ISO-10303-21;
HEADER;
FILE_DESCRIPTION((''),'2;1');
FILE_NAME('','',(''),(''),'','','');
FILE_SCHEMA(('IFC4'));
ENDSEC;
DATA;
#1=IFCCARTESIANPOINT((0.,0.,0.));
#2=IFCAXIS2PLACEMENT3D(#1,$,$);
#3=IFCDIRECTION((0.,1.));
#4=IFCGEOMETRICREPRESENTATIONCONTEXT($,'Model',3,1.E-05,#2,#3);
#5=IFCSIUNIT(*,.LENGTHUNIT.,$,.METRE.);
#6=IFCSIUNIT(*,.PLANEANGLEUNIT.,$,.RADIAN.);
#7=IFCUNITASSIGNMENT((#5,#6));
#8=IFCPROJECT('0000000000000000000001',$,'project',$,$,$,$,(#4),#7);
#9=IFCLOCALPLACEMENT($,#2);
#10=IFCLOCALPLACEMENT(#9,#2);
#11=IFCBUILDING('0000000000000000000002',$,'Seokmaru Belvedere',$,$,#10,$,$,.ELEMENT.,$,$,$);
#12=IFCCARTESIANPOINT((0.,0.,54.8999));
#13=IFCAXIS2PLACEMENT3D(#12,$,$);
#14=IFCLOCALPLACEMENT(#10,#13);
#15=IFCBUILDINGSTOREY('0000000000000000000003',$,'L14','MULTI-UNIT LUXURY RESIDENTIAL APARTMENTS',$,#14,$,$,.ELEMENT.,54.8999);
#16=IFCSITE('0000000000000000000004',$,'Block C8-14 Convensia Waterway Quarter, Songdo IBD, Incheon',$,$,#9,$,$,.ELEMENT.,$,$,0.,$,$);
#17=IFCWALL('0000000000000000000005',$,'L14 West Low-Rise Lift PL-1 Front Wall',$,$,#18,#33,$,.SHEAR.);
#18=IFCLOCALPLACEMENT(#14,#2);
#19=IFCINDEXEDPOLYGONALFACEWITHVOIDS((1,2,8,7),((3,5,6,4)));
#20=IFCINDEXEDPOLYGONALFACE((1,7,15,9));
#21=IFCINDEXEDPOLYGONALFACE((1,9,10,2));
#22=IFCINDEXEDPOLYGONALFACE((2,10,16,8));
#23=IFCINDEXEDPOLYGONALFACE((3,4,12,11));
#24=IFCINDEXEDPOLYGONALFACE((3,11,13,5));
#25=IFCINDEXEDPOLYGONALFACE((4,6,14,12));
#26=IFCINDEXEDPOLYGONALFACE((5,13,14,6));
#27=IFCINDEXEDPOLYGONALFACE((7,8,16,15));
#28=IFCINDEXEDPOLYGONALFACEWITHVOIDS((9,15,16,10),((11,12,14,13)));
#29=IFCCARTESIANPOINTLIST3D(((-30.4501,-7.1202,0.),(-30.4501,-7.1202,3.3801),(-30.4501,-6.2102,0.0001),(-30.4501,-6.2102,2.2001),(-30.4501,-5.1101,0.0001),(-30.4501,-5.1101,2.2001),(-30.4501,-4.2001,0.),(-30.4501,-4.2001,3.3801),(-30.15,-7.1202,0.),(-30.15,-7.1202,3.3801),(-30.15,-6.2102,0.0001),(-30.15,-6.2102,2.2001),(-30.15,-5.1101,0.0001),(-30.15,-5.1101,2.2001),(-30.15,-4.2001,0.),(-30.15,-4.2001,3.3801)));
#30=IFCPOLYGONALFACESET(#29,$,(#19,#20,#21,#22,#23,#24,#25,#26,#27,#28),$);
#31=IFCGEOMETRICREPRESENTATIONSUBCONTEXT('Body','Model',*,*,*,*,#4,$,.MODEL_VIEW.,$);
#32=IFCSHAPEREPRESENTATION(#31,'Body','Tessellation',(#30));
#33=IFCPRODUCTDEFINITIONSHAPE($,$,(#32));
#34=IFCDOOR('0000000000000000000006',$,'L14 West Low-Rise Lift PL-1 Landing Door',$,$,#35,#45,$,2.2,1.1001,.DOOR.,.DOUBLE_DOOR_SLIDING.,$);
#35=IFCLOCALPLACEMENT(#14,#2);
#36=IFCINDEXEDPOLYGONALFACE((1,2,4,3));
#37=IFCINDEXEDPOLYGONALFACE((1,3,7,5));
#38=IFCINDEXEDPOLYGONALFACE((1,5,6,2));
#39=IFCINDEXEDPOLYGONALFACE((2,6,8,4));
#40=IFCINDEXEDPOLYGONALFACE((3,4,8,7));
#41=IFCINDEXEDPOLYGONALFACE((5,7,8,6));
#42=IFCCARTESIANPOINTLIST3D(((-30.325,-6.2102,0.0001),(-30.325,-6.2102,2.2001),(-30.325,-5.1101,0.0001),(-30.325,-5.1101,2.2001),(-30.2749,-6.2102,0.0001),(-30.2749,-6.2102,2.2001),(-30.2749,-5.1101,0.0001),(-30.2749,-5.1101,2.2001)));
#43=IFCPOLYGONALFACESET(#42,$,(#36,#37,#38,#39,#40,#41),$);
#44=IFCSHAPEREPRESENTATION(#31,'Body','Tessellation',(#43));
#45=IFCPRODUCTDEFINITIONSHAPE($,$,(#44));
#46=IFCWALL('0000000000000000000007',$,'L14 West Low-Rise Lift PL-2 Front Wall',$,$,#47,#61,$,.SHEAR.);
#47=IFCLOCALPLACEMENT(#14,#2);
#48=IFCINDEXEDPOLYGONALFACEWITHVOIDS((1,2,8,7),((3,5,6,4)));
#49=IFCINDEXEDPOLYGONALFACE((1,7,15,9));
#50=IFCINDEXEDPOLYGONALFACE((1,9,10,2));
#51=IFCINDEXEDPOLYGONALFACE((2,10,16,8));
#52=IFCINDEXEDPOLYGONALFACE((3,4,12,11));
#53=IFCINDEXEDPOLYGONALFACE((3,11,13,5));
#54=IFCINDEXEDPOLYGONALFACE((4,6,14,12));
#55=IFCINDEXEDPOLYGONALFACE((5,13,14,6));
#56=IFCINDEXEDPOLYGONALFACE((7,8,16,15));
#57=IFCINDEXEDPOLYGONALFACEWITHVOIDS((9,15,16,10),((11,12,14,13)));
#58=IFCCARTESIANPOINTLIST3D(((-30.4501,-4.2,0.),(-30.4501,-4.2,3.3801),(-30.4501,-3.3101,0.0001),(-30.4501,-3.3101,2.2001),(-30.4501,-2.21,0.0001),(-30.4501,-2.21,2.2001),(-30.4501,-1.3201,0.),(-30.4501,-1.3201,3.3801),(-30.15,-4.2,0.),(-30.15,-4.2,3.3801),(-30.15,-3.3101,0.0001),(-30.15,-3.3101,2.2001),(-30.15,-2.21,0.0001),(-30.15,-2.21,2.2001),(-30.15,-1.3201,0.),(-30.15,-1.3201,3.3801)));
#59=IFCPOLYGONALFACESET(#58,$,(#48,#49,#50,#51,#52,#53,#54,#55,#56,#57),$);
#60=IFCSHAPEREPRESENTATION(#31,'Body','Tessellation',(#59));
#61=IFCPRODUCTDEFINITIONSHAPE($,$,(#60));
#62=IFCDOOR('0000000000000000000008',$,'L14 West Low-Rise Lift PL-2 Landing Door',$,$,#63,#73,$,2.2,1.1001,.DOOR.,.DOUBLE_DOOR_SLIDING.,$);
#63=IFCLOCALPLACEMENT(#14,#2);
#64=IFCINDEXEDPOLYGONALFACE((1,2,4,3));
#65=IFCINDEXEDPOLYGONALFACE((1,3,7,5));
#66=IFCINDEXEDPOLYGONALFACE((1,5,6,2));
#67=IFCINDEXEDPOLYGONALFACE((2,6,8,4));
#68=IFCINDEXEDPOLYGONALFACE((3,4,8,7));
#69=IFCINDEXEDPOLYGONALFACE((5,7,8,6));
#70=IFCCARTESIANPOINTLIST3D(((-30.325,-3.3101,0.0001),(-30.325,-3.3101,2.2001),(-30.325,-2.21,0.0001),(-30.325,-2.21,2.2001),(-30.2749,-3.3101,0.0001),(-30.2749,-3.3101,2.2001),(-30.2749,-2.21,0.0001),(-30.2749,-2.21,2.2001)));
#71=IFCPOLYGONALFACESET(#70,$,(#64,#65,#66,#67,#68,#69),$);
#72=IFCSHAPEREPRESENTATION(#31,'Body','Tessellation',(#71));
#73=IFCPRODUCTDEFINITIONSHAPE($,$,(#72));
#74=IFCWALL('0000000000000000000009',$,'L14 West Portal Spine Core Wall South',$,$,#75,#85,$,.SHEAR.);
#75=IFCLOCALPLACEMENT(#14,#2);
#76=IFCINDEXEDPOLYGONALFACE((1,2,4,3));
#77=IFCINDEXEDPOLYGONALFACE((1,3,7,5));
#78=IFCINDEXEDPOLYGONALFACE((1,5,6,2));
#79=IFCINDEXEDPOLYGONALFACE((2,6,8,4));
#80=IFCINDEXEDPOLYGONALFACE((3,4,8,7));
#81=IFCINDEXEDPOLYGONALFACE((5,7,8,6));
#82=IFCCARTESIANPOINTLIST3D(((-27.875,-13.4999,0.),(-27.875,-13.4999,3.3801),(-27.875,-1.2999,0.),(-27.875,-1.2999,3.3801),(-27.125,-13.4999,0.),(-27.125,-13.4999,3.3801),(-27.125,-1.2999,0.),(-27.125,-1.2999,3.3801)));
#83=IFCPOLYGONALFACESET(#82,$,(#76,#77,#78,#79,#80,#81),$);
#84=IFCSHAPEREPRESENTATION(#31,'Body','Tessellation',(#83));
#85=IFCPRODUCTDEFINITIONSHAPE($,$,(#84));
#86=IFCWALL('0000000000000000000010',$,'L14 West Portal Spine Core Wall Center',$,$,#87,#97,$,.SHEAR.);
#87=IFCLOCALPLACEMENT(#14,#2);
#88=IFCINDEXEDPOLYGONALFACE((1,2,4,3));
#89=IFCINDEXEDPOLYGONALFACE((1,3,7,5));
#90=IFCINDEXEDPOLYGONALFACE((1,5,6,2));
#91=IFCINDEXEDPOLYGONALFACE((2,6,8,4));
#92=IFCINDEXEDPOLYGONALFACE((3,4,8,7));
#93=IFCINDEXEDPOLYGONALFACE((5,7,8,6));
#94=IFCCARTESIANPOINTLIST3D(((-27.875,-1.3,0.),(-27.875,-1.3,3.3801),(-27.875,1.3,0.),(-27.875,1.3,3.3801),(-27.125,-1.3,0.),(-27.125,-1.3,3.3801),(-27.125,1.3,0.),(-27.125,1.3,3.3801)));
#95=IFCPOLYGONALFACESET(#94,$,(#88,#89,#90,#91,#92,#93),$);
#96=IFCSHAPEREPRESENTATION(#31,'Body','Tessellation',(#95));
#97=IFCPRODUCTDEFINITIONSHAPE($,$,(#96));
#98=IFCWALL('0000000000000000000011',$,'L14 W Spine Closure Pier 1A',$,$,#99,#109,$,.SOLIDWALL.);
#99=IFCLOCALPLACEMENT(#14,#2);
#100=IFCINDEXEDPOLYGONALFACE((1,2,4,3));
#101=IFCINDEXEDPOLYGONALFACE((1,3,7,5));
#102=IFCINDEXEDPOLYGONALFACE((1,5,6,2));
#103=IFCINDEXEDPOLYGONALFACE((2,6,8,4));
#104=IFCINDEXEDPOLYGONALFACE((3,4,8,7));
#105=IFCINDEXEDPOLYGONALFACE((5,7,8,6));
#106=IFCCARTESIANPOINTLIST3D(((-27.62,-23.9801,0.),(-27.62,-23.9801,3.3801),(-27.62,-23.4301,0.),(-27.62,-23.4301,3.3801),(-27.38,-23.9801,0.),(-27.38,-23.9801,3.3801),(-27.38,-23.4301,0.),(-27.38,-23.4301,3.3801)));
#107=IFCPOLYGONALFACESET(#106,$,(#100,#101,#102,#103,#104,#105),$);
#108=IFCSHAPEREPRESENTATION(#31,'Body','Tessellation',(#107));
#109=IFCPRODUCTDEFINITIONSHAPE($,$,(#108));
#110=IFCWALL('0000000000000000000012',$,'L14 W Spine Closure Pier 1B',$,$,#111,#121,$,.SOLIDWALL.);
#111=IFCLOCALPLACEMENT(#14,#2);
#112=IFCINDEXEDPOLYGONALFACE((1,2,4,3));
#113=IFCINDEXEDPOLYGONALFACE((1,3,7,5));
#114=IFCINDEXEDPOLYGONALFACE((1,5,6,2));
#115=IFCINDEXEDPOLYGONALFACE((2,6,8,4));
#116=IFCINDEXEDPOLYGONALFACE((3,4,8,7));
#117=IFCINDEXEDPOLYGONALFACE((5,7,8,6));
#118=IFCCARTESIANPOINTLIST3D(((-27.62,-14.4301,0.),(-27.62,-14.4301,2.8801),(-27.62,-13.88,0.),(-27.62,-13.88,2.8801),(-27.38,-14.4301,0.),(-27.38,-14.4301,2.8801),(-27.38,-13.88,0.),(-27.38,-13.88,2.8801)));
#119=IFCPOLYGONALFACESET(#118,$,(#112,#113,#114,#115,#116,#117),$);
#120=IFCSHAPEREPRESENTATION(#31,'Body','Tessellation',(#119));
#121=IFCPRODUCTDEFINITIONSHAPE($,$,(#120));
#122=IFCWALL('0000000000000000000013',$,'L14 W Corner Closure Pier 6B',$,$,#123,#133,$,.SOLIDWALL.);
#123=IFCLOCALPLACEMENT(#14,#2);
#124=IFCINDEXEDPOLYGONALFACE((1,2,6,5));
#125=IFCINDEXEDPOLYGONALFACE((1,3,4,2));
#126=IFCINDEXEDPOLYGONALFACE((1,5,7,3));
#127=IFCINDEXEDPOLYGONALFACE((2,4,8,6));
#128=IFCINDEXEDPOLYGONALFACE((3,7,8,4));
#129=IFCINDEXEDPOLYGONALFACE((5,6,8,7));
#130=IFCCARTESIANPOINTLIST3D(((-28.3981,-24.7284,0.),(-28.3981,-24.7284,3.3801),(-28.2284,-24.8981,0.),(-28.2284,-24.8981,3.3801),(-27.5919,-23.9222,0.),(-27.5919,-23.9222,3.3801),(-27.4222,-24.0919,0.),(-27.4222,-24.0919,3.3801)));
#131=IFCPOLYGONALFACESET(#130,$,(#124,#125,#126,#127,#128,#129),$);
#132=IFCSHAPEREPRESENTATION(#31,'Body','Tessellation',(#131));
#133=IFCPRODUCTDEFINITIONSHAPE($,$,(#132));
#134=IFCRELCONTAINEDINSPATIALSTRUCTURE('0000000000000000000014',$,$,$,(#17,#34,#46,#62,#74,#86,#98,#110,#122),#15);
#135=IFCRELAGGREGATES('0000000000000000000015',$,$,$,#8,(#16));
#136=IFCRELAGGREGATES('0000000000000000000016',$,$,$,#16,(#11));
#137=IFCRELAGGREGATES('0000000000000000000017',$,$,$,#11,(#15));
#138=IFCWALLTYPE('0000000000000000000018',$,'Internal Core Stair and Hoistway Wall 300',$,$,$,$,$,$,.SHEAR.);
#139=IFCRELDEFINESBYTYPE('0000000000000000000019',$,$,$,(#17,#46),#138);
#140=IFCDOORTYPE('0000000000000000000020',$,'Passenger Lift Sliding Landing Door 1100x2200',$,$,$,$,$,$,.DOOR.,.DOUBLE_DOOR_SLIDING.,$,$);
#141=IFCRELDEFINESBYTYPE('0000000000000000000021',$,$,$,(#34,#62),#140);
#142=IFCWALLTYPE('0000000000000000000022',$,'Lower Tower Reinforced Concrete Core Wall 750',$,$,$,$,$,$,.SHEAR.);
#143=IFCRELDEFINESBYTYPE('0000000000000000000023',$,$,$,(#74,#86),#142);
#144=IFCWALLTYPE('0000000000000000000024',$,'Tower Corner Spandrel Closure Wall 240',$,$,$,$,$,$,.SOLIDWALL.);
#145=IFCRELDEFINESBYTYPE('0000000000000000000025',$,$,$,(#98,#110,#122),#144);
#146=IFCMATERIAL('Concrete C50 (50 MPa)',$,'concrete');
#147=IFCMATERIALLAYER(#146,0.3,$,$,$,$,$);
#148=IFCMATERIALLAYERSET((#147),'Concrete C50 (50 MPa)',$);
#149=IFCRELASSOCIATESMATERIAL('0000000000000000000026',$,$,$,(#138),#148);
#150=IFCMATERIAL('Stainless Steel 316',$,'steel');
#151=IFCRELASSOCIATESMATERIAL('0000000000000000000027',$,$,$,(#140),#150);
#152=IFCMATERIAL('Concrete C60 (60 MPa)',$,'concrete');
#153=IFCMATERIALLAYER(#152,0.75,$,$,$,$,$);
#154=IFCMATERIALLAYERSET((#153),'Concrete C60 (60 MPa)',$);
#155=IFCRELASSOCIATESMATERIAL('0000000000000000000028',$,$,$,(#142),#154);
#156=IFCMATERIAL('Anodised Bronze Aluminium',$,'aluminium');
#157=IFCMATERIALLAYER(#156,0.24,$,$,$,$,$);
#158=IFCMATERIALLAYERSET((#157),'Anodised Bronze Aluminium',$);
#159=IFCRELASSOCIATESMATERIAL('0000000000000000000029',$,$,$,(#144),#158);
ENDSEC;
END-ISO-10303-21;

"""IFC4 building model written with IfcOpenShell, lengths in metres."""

from ifc_helpers import new_model, si_unit, direction, frame, frame_2d, origin, place, context, subcontext, project, spatial, rectangle, extrude, source, transform, mapped, material, layer, layer_set, type_object, type_shapes, element, fill, save


model = new_model("IFC4")

# Units and contexts
model_context = context("Model", 3, precision=1e-05, world=origin(), true_north=direction((0.0, 1.0)))
body_context = subcontext(model_context, "Body", "Model", "MODEL_VIEW")
ifc_project = project(units=[si_unit("LENGTHUNIT", "METRE"), si_unit("PLANEANGLEUNIT", "RADIAN")], contexts=[model_context])

# Site, building, storey
site_placement = place(None, origin())
site = spatial("IfcSite", under=ifc_project, at=site_placement, Name="Block C8-14 Convensia Waterway Quarter, Songdo IBD, Incheon", CompositionType="ELEMENT", RefElevation=0.0)
building_placement = place(site_placement, origin())
building = spatial("IfcBuilding", under=site, at=building_placement, Name="Seokmaru Belvedere", CompositionType="ELEMENT")
storey_placement = place(building_placement, frame((0.0, 0.0, 54.8999)))
storey = spatial("IfcBuildingStorey", under=building, at=storey_placement, Name="L14", Description="MULTI-UNIT LUXURY RESIDENTIAL APARTMENTS", CompositionType="ELEMENT", Elevation=54.8999)

# Shared definitions
ifc_material_1 = material(Name="Anodised Bronze Aluminium", Category="aluminium")

# Shared definitions
ifc_material_2 = material(Name="Concrete C50 (50 MPa)", Category="concrete")

# Walls, openings, doors
ifc_layer_1 = layer(ifc_material_2, 0.3)
ifc_layer_set_1 = layer_set([ifc_layer_1], Name="Concrete C50 (50 MPa)")
wall_type_1 = type_object("IfcWallType", Name="Internal Core Stair and Hoistway Wall 300", PredefinedType="SHEAR", material=ifc_layer_set_1)
ifc_material_3 = material(Name="Stainless Steel 316", Category="steel")
wall_1_placement = place(storey_placement, frame((-30.3, -7.1201, 0.0), z_axis=(0.0, 0.0, 1.0), x_axis=(0.0, 1.0, 0.0)))
wall_1 = element("IfcWall", 1, at=wall_1_placement, inside=storey, type_object=wall_type_1, Name="L14 West Low-Rise Lift PL-1 Front Wall", PredefinedType="SHEAR", context=body_context, shape_type="SweptSolid", body=[
    extrude(rectangle(XDim=2.9202, YDim=0.3, at=frame_2d((1.46, 0.0))), origin(), (0.0, 0.0, 1.0), 3.3801),
])
opening_1_placement = place(wall_1_placement, frame((0.9099, 0.0, 0.0)))
opening_1 = element("IfcOpeningElement", 2, at=opening_1_placement, cuts=wall_1, PredefinedType="OPENING", context=body_context, shape_type="SweptSolid", body=[
    extrude(rectangle(XDim=1.1001, YDim=2.2, at=frame_2d((0.55, 1.1001))), frame((0.0, 0.1602, 0.0), z_axis=(0.0, -1.0, 0.0), x_axis=(1.0, 0.0, 0.0)), (0.0, 0.0, 1.0), 0.3201),
])
door_type_1 = type_object("IfcDoorType", Name="Passenger Lift Sliding Landing Door 1100x2200", OperationType="DOUBLE_DOOR_SLIDING", PredefinedType="DOOR", material=ifc_material_3)
shared_shape_1 = source(origin(), body_context, "Body", "SweptSolid", [
    extrude(rectangle(XDim=1.1001, YDim=2.2, at=frame_2d((0.55, 1.1001))), frame((0.0, 0.0249, 0.0), z_axis=(0.0, -1.0, 0.0), x_axis=(1.0, 0.0, 0.0)), (0.0, 0.0, 1.0), 0.05),
])
type_shapes(door_type_1, [shared_shape_1])
door_1_placement = place(opening_1_placement, origin())
door_1 = element("IfcDoor", 3, at=door_1_placement, inside=storey, type_object=door_type_1, Name="L14 West Low-Rise Lift PL-1 Landing Door", OperationType="DOUBLE_DOOR_SLIDING", OverallHeight=2.2, OverallWidth=1.1001, PredefinedType="DOOR", context=body_context, shape_type="MappedRepresentation", body=[
    mapped(shared_shape_1, transform((0.0, 0.0, 0.0), scale=1.0)),
])
fill(opening_1, door_1)
wall_2_placement = place(storey_placement, frame((-30.3, -4.2, 0.0), z_axis=(0.0, 0.0, 1.0), x_axis=(0.0, 1.0, 0.0)))
wall_2 = element("IfcWall", 4, at=wall_2_placement, inside=storey, type_object=wall_type_1, Name="L14 West Low-Rise Lift PL-2 Front Wall", PredefinedType="SHEAR", context=body_context, shape_type="SweptSolid", body=[
    extrude(rectangle(XDim=2.8799, YDim=0.3, at=frame_2d((1.4399, 0.0))), origin(), (0.0, 0.0, 1.0), 3.3801),
])
opening_2_placement = place(wall_2_placement, frame((0.8899, 0.0, 0.0)))
opening_2 = element("IfcOpeningElement", 5, at=opening_2_placement, cuts=wall_2, PredefinedType="OPENING", context=body_context, shape_type="SweptSolid", body=[
    extrude(rectangle(XDim=1.1001, YDim=2.2, at=frame_2d((0.55, 1.1001))), frame((0.0, 0.1602, 0.0), z_axis=(0.0, -1.0, 0.0), x_axis=(1.0, 0.0, 0.0)), (0.0, 0.0, 1.0), 0.3201),
])
door_2_placement = place(opening_2_placement, origin())
door_2 = element("IfcDoor", 6, at=door_2_placement, inside=storey, type_object=door_type_1, Name="L14 West Low-Rise Lift PL-2 Landing Door", OperationType="DOUBLE_DOOR_SLIDING", OverallHeight=2.2, OverallWidth=1.1001, PredefinedType="DOOR", context=body_context, shape_type="MappedRepresentation", body=[
    mapped(shared_shape_1, transform((0.0, 0.0, 0.0), scale=1.0)),
])
fill(opening_2, door_2)

# Walls
ifc_material_4 = material(Name="Concrete C60 (60 MPa)", Category="concrete")
ifc_layer_2 = layer(ifc_material_4, 0.75)
ifc_layer_set_2 = layer_set([ifc_layer_2], Name="Concrete C60 (60 MPa)")
wall_type_2 = type_object("IfcWallType", Name="Lower Tower Reinforced Concrete Core Wall 750", PredefinedType="SHEAR", material=ifc_layer_set_2)
wall_3_placement = place(storey_placement, frame((-27.5, -13.5, 0.0), z_axis=(0.0, 0.0, 1.0), x_axis=(0.0, 1.0, 0.0)))
element("IfcWall", 7, at=wall_3_placement, inside=storey, type_object=wall_type_2, Name="L14 West Portal Spine Core Wall South", PredefinedType="SHEAR", context=body_context, shape_type="SweptSolid", body=[
    extrude(rectangle(XDim=12.2, YDim=0.75, at=frame_2d((6.1001, 0.0))), origin(), (0.0, 0.0, 1.0), 3.3801),
])
wall_4_placement = place(storey_placement, frame((-27.5, -1.3, 0.0), z_axis=(0.0, 0.0, 1.0), x_axis=(0.0, 1.0, 0.0)))
element("IfcWall", 8, at=wall_4_placement, inside=storey, type_object=wall_type_2, Name="L14 West Portal Spine Core Wall Center", PredefinedType="SHEAR", context=body_context, shape_type="SweptSolid", body=[
    extrude(rectangle(XDim=2.6001, YDim=0.75, at=frame_2d((1.3, 0.0))), origin(), (0.0, 0.0, 1.0), 3.3801),
])
ifc_layer_3 = layer(ifc_material_1, 0.24)
ifc_layer_set_3 = layer_set([ifc_layer_3], Name="Anodised Bronze Aluminium")
wall_type_3 = type_object("IfcWallType", Name="Tower Corner Spandrel Closure Wall 240", PredefinedType="SOLIDWALL", material=ifc_layer_set_3)
wall_5_placement = place(storey_placement, frame((-27.5, -23.98, 0.0), z_axis=(0.0, 0.0, 1.0), x_axis=(0.0, 1.0, 0.0)))
element("IfcWall", 9, at=wall_5_placement, inside=storey, type_object=wall_type_3, Name="L14 W Spine Closure Pier 1A", PredefinedType="SOLIDWALL", context=body_context, shape_type="SweptSolid", body=[
    extrude(rectangle(XDim=0.55, YDim=0.24, at=frame_2d((0.2749, 0.0))), origin(), (0.0, 0.0, 1.0), 3.3801),
])
wall_6_placement = place(storey_placement, frame((-27.5, -14.4299, 0.0), z_axis=(0.0, 0.0, 1.0), x_axis=(0.0, 1.0, 0.0)))
element("IfcWall", 10, at=wall_6_placement, inside=storey, type_object=wall_type_3, Name="L14 W Spine Closure Pier 1B", PredefinedType="SOLIDWALL", context=body_context, shape_type="SweptSolid", body=[
    extrude(rectangle(XDim=0.55, YDim=0.24, at=frame_2d((0.2749, 0.0))), origin(), (0.0, 0.0, 1.0), 2.8801),
])
wall_7_placement = place(storey_placement, frame((-28.3132, -24.8132, 0.0), z_axis=(0.0, 0.0, 1.0), x_axis=(0.707107, 0.707107, 0.0)))
element("IfcWall", 11, at=wall_7_placement, inside=storey, type_object=wall_type_3, Name="L14 W Corner Closure Pier 6B", PredefinedType="SOLIDWALL", context=body_context, shape_type="SweptSolid", body=[
    extrude(rectangle(XDim=1.1401, YDim=0.24, at=frame_2d((0.5701, 0.0))), origin(), (0.0, 0.0, 1.0), 3.3801),
])

save(model, "model.ifc")
